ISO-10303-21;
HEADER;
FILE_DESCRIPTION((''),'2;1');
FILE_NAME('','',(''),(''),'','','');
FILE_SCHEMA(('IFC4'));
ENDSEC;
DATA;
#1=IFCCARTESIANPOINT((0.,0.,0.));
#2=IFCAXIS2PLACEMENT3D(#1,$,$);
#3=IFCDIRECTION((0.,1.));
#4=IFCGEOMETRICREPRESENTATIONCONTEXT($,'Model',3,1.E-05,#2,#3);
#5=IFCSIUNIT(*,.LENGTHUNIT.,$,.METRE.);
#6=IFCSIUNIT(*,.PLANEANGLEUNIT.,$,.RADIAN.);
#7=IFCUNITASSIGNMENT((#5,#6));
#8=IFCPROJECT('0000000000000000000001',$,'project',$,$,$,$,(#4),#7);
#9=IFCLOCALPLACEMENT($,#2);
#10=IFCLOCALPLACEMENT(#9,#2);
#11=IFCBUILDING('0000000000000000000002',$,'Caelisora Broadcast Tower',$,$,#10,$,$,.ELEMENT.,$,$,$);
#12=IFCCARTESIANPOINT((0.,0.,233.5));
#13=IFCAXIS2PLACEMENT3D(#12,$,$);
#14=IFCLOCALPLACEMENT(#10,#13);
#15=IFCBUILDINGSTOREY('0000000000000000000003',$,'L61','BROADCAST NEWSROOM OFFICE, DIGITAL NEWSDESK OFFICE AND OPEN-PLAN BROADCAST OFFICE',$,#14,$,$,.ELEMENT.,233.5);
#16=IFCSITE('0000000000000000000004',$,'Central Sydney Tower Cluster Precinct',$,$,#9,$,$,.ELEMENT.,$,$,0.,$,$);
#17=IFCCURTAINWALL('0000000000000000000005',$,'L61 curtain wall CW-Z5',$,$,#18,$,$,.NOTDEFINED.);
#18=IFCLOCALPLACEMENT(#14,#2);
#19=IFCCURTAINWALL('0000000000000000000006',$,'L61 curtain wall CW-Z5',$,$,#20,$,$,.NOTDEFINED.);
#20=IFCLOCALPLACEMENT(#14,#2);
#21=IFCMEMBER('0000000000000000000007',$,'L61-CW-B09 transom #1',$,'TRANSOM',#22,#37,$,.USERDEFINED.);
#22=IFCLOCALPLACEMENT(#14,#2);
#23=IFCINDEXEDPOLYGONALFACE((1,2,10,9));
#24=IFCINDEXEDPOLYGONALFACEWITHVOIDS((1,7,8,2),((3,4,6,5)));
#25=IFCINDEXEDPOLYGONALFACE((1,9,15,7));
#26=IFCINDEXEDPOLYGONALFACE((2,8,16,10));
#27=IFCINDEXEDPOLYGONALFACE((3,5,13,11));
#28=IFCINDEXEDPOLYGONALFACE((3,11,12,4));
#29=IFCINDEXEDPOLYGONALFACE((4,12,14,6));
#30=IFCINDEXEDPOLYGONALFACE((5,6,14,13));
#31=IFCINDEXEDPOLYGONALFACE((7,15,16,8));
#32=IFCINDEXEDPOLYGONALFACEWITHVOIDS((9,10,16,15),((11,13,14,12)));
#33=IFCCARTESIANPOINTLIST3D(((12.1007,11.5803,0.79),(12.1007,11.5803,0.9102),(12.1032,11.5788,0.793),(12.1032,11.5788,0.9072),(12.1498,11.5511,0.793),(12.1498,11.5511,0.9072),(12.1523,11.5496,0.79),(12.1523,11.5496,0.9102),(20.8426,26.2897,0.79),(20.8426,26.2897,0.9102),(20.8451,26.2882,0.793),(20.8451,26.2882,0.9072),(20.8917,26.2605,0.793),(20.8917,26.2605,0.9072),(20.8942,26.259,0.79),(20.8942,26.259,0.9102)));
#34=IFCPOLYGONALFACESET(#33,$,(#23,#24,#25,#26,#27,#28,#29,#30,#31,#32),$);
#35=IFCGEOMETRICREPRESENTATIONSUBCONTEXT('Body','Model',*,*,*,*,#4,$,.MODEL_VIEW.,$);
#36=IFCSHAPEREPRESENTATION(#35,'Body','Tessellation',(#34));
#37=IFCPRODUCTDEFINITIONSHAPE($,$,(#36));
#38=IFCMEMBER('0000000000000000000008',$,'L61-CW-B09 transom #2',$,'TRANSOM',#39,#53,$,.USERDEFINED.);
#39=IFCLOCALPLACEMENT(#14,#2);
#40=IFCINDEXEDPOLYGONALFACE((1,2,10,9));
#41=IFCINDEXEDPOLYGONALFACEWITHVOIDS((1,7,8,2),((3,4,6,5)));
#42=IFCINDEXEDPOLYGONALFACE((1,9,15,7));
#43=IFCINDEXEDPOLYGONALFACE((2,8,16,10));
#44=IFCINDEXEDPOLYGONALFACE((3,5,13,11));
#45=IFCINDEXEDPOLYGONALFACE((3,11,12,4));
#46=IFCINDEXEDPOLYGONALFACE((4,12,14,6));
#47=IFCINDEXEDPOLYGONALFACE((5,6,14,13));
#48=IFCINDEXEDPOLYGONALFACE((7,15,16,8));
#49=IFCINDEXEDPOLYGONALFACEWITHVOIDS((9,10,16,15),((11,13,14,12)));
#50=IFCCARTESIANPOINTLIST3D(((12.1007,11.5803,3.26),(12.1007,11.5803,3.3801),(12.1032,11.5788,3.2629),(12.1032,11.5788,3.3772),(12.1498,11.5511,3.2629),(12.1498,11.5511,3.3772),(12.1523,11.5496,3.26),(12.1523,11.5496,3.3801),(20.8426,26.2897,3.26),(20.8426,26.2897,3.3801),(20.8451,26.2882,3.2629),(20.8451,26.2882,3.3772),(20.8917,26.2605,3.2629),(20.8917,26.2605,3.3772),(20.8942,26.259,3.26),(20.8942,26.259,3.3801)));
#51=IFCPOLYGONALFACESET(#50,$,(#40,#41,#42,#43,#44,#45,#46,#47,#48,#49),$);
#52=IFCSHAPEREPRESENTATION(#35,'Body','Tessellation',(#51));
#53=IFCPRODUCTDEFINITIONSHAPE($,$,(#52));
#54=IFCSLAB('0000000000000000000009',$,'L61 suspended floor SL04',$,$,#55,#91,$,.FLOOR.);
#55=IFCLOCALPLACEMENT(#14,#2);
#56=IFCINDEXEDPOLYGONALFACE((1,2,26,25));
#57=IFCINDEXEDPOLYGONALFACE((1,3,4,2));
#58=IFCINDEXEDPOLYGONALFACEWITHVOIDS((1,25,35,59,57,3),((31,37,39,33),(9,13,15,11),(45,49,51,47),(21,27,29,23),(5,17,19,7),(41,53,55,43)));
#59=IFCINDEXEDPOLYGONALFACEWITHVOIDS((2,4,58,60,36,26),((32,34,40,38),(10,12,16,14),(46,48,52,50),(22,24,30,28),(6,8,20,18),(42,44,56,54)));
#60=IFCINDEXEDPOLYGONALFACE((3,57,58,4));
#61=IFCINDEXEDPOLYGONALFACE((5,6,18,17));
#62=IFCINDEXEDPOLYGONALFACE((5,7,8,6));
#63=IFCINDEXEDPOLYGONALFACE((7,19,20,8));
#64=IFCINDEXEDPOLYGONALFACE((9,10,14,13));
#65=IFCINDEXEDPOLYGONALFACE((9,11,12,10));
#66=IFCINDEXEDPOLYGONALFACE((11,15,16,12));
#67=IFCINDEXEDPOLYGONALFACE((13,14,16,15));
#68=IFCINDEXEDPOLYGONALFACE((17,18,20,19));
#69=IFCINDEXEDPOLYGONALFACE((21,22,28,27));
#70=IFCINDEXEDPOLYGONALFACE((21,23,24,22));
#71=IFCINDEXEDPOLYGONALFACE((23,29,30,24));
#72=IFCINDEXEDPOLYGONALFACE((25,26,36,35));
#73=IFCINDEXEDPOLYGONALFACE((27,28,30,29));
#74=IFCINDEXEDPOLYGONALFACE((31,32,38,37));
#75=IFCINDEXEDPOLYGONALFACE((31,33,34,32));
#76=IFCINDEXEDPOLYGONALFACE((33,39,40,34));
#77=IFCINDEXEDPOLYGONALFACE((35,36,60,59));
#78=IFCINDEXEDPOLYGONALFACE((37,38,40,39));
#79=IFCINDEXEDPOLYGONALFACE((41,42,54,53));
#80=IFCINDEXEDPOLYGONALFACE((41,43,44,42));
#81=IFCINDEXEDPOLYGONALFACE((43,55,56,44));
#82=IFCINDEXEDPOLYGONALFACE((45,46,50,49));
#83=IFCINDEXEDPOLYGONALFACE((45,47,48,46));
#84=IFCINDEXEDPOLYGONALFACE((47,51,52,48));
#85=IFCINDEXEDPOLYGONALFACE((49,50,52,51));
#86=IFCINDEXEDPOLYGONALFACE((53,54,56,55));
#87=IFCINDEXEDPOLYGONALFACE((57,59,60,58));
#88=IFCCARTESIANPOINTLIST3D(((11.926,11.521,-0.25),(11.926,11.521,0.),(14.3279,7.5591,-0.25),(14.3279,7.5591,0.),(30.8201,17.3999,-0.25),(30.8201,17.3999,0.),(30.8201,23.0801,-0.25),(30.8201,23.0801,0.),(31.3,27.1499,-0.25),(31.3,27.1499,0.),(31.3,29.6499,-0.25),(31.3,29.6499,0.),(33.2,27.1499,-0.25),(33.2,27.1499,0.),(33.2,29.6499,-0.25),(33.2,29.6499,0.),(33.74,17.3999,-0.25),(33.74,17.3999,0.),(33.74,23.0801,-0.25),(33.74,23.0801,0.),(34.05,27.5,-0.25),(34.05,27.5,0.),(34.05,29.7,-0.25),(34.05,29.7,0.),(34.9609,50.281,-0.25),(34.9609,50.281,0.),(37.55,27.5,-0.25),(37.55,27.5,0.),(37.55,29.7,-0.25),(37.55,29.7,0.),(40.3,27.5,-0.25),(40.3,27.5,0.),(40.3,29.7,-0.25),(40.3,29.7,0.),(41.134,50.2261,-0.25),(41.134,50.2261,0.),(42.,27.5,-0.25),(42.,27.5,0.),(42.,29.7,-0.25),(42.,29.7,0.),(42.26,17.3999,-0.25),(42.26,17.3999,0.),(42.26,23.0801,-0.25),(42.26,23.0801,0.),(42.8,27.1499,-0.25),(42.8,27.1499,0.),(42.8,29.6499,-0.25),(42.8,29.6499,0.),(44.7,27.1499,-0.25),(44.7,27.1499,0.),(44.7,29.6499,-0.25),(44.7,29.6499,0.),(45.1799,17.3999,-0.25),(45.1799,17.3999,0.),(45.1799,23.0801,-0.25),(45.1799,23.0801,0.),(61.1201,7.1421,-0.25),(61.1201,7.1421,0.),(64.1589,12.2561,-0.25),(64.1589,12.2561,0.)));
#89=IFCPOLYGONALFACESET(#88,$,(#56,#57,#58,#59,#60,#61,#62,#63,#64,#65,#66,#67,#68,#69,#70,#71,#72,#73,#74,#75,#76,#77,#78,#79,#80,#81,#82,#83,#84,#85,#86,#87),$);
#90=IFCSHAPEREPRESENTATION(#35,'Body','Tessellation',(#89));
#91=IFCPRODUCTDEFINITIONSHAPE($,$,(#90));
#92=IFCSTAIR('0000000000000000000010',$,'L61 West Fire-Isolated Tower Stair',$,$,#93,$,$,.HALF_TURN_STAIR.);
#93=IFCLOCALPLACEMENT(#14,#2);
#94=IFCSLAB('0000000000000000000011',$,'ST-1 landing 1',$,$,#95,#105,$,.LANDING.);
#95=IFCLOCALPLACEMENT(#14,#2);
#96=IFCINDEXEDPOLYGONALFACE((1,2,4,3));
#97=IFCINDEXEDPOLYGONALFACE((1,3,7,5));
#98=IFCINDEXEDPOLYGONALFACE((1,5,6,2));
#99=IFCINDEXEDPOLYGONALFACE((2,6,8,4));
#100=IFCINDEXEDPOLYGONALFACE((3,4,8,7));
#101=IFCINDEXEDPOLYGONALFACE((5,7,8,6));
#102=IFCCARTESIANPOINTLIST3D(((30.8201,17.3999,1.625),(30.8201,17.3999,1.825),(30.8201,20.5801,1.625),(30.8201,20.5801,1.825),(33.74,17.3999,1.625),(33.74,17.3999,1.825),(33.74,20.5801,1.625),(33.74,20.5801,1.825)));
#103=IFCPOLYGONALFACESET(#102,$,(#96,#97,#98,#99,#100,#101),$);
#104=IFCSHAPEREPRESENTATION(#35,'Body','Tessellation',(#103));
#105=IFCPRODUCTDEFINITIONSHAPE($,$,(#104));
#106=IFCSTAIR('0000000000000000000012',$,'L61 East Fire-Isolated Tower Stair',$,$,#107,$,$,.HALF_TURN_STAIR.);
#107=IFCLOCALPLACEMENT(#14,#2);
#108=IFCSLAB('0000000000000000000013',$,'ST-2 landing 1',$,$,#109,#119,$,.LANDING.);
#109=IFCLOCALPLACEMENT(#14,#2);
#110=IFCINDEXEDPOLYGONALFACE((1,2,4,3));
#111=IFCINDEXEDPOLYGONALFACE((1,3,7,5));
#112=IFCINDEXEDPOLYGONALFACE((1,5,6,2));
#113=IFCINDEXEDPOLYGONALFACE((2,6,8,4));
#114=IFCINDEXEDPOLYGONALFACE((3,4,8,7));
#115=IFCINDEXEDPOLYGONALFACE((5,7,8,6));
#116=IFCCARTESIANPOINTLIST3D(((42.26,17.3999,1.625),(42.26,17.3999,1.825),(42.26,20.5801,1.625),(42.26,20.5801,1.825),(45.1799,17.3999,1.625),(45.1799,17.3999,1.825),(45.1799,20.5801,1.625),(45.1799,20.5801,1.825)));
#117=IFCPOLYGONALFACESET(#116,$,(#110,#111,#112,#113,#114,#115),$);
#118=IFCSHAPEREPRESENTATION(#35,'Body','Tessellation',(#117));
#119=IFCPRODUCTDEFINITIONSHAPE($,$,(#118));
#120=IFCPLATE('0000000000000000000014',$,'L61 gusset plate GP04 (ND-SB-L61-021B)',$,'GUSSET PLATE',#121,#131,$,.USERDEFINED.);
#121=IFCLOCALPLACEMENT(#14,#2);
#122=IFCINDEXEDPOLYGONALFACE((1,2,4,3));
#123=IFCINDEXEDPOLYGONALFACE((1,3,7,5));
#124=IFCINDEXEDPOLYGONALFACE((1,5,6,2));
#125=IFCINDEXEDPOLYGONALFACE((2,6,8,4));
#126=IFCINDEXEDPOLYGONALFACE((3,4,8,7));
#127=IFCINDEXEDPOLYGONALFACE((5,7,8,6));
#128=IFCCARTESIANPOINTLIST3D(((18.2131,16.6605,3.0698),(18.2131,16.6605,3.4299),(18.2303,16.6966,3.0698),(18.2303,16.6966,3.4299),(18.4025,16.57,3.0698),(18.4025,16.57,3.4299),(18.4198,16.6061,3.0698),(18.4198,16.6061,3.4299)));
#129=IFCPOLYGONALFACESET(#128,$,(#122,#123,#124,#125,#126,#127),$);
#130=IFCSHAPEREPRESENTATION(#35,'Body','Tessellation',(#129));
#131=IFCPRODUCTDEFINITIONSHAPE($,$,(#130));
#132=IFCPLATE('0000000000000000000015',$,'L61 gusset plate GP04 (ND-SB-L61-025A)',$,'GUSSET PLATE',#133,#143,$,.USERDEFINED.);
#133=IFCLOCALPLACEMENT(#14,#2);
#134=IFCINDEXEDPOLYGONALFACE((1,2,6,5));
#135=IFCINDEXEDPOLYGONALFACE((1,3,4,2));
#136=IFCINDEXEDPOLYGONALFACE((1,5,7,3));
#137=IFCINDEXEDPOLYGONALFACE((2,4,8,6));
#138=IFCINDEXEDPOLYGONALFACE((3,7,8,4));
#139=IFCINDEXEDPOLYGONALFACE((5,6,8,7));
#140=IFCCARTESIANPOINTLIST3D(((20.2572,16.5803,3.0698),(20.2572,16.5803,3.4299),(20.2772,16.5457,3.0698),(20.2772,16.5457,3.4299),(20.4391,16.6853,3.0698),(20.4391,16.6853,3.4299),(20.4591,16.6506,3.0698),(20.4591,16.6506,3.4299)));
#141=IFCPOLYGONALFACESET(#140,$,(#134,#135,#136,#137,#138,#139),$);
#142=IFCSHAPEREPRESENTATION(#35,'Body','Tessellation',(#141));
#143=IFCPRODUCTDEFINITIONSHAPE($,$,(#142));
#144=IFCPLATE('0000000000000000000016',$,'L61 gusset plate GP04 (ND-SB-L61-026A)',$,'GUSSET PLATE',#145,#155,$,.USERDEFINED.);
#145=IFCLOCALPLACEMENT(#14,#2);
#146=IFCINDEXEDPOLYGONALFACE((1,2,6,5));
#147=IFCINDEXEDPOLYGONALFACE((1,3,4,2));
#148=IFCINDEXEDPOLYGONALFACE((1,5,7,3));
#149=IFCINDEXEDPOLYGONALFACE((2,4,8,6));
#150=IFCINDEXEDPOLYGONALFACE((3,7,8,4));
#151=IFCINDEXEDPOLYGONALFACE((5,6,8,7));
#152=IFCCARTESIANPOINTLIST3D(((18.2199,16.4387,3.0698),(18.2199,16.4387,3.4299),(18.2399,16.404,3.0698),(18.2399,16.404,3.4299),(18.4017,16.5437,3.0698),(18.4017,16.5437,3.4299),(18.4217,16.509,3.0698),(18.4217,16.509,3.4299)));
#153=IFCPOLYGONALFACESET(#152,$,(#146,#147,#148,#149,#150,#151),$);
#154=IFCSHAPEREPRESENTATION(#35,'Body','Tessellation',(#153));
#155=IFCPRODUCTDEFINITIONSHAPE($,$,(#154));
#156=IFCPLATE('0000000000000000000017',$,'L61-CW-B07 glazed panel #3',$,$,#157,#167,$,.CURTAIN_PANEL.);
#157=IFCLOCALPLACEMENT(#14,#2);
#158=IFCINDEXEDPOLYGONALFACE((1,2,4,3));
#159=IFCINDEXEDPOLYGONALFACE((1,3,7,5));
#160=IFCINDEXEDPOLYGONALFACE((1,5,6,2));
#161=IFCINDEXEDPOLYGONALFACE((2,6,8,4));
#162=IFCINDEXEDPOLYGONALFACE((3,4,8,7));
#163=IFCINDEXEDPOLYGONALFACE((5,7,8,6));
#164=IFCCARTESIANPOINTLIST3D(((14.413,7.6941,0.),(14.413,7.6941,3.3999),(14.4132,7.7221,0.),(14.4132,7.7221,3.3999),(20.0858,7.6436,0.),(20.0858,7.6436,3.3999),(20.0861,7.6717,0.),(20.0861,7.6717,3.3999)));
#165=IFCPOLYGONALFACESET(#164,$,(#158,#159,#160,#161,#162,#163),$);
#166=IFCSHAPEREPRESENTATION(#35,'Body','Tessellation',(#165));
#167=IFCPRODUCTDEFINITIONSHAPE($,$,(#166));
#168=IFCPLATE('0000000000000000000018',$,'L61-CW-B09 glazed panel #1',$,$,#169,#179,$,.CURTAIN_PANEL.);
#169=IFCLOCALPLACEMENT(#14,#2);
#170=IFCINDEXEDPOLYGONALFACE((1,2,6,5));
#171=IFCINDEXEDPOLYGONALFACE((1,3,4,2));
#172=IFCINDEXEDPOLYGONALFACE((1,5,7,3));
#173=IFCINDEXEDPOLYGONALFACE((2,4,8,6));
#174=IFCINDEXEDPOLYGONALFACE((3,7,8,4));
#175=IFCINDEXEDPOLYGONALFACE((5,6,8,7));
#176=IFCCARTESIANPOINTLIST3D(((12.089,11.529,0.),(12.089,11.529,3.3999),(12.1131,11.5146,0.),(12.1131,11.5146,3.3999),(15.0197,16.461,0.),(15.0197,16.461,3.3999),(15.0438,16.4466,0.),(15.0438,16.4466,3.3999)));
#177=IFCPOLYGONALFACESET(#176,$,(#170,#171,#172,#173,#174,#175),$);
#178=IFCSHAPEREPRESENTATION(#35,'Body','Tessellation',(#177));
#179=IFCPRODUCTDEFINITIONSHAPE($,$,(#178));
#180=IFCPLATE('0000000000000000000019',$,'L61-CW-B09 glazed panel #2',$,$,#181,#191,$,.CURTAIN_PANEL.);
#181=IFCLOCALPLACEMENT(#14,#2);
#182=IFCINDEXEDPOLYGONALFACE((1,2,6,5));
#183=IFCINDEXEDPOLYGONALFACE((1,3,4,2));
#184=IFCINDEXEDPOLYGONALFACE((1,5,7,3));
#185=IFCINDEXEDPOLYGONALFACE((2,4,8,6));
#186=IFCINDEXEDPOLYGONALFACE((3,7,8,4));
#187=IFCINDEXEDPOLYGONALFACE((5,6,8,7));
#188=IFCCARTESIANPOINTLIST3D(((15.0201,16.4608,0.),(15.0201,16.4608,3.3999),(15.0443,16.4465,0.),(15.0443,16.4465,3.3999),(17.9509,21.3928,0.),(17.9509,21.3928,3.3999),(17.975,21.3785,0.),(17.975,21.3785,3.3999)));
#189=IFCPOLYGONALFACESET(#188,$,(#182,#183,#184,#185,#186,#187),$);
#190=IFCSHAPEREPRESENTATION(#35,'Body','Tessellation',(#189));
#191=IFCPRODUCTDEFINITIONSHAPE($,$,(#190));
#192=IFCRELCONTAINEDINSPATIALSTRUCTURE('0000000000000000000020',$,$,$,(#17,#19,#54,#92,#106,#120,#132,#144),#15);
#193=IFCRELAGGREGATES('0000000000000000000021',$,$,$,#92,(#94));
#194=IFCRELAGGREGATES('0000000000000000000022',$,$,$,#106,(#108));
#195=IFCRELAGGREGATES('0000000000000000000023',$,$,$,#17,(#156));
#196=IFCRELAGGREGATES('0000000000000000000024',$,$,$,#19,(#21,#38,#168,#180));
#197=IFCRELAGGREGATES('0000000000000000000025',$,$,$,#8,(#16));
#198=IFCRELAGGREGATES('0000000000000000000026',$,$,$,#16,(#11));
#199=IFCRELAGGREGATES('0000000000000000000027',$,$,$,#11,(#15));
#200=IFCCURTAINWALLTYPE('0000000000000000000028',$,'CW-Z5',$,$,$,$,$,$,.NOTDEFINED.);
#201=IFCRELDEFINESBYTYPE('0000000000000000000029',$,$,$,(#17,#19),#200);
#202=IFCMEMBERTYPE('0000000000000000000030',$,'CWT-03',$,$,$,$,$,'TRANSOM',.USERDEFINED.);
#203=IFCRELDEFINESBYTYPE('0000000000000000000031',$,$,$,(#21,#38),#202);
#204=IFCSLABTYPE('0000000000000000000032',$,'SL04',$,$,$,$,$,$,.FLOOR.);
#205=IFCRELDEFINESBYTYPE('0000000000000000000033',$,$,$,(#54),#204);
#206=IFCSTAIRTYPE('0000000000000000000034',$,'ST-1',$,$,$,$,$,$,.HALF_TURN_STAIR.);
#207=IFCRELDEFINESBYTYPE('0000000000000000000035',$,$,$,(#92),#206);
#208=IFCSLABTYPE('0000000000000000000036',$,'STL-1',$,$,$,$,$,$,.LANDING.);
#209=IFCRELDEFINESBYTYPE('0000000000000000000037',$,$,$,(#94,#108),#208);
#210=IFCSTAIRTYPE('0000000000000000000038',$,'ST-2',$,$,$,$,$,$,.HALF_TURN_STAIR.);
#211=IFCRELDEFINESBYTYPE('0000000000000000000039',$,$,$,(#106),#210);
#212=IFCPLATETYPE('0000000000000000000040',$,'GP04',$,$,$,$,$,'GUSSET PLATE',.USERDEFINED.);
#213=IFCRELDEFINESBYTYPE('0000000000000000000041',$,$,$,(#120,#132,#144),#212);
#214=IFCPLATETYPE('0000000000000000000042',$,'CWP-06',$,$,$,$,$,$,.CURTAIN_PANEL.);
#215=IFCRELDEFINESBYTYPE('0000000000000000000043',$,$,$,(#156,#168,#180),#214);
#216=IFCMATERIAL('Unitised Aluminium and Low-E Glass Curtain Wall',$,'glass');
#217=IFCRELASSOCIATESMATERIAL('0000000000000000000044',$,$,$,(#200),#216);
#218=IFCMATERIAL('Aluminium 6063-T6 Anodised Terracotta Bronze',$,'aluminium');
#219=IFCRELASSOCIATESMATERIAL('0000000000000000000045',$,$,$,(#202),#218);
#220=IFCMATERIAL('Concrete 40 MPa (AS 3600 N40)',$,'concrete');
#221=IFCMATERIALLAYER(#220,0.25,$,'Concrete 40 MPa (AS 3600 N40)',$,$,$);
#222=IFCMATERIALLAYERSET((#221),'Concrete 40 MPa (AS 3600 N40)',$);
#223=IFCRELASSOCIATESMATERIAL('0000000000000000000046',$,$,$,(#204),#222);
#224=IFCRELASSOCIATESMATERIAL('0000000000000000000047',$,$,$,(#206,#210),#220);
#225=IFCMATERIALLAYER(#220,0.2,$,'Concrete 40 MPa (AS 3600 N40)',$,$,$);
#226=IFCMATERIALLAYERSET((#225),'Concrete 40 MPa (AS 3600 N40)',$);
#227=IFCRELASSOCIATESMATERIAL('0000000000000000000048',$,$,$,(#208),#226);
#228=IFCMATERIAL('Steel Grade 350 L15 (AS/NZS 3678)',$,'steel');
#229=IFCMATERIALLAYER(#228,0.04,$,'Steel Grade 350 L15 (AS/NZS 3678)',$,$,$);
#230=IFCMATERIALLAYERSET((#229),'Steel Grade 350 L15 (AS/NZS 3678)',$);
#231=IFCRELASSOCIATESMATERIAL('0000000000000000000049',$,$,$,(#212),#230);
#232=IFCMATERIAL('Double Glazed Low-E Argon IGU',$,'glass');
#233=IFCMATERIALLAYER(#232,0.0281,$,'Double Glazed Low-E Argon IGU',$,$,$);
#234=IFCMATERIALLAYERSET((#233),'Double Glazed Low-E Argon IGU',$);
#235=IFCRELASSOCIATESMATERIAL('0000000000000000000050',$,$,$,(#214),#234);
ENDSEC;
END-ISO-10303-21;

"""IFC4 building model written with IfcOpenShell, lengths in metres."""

from ifc_helpers import new_model, si_unit, direction, frame, origin, origin_2d, place, context, subcontext, project, spatial, polyline, rectangle, hollow_rectangle, outline, extrude, source, transform, mapped, material, layer, layer_set, material_profile, profile_set, type_object, type_shapes, element, aggregate, save


model = new_model("IFC4")

# Units and contexts
model_context = context("Model", 3, precision=1e-05, world=origin(), true_north=direction((0.0, 1.0)))
body_context = subcontext(model_context, "Body", "Model", "MODEL_VIEW")
ifc_project = project(units=[si_unit("LENGTHUNIT", "METRE"), si_unit("PLANEANGLEUNIT", "RADIAN")], contexts=[model_context])

# Site, building, storey
site_placement = place(None, origin())
site = spatial("IfcSite", under=ifc_project, at=site_placement, Name="Central Sydney Tower Cluster Precinct", CompositionType="ELEMENT", RefElevation=0.0)
building_placement = place(site_placement, origin())
building = spatial("IfcBuilding", under=site, at=building_placement, Name="Caelisora Broadcast Tower", CompositionType="ELEMENT")
storey_placement = place(building_placement, frame((0.0, 0.0, 233.5)))
storey = spatial("IfcBuildingStorey", under=building, at=storey_placement, Name="L61", Description="BROADCAST NEWSROOM OFFICE, DIGITAL NEWSDESK OFFICE AND OPEN-PLAN BROADCAST OFFICE", CompositionType="ELEMENT", Elevation=233.5)

# Shared definitions
ifc_material_1 = material(Name="Steel Grade 350 L15 (AS/NZS 3678)", Category="steel")

# Curtain walls, members
ifc_material_2 = material(Name="Unitised Aluminium and Low-E Glass Curtain Wall", Category="glass")
curtain_wall_type = type_object("IfcCurtainWallType", Name="CW-Z5", PredefinedType="NOTDEFINED", material=ifc_material_2)
curtain_wall_1_placement = place(storey_placement, origin())
curtain_wall_1 = element("IfcCurtainWall", 1, at=curtain_wall_1_placement, inside=storey, type_object=curtain_wall_type, Name="L61 curtain wall CW-Z5", PredefinedType="NOTDEFINED")
ifc_material_3 = material(Name="Aluminium 6063-T6 Anodised Terracotta Bronze", Category="aluminium")
curtain_wall_2_placement = place(storey_placement, origin())
curtain_wall_2 = element("IfcCurtainWall", 2, at=curtain_wall_2_placement, inside=storey, type_object=curtain_wall_type, Name="L61 curtain wall CW-Z5", PredefinedType="NOTDEFINED")
ifc_material_profile_1 = material_profile(ifc_material_3, hollow_rectangle(XDim=0.0601, YDim=0.1201, WallThickness=0.0029, at=origin_2d()), Name="Aluminium 6063-T6 Anodised Terracotta Bronze")
ifc_profile_set_1 = profile_set([ifc_material_profile_1], Name="Aluminium 6063-T6 Anodised Terracotta Bronze")
member_type_1 = type_object("IfcMemberType", Name="CWT-03", ElementType="TRANSOM", PredefinedType="USERDEFINED", material=ifc_profile_set_1)
shared_shape_1 = source(origin(), body_context, "Body", "SweptSolid", [
    extrude(hollow_rectangle(XDim=0.0601, YDim=0.1201, WallThickness=0.0029, at=origin_2d()), origin(), (0.0, 0.0, 1.0), 17.1111),
])
type_shapes(member_type_1, [shared_shape_1])
member_1_placement = place(storey_placement, frame((12.1265, 11.5649, 0.8501), z_axis=(0.510893, 0.859644, 0.0), x_axis=(-0.859644, 0.510893, 0.0)))
member_1 = element("IfcMember", 3, at=member_1_placement, type_object=member_type_1, Name="L61-CW-B09 transom #1", ObjectType="TRANSOM", PredefinedType="USERDEFINED", context=body_context, shape_type="MappedRepresentation", body=[
    mapped(shared_shape_1, transform((0.0, 0.0, 0.0), scale=1.0)),
])
member_2_placement = place(storey_placement, frame((12.1265, 11.5649, 3.3201), z_axis=(0.510893, 0.859644, 0.0), x_axis=(-0.859644, 0.510893, 0.0)))
member_2 = element("IfcMember", 4, at=member_2_placement, type_object=member_type_1, Name="L61-CW-B09 transom #2", ObjectType="TRANSOM", PredefinedType="USERDEFINED", context=body_context, shape_type="MappedRepresentation", body=[
    mapped(shared_shape_1, transform((0.0, 0.0, 0.0), scale=1.0)),
])

# Slab
ifc_material_4 = material(Name="Concrete 40 MPa (AS 3600 N40)", Category="concrete")
ifc_layer_1 = layer(ifc_material_4, 0.25, Name="Concrete 40 MPa (AS 3600 N40)")
ifc_layer_set_1 = layer_set([ifc_layer_1], Name="Concrete 40 MPa (AS 3600 N40)")
slab_type_1 = type_object("IfcSlabType", Name="SL04", PredefinedType="FLOOR", material=ifc_layer_set_1)
slab_1_placement = place(storey_placement, frame((0.0, 0.0, -0.25)))
element("IfcSlab", 5, at=slab_1_placement, inside=storey, type_object=slab_type_1, Name="L61 suspended floor SL04", PredefinedType="FLOOR", context=body_context, shape_type="SweptSolid", body=[
    extrude(outline(polyline([(41.134, 50.2261), (34.9609, 50.281), (11.926, 11.521), (14.3279, 7.5591), (61.1201, 7.1421), (64.1589, 12.2561), (41.134, 50.2261)]), holes=[polyline([(30.8201, 17.3999), (33.74, 17.3999), (33.74, 23.0801), (30.8201, 23.0801), (30.8201, 17.3999)]), polyline([(42.26, 17.3999), (45.1799, 17.3999), (45.1799, 23.0801), (42.26, 23.0801), (42.26, 17.3999)]), polyline([(42.8, 27.1499), (44.7, 27.1499), (44.7, 29.6499), (42.8, 29.6499), (42.8, 27.1499)]), polyline([(40.3, 27.5), (42.0, 27.5), (42.0, 29.7), (40.3, 29.7), (40.3, 27.5)]), polyline([(34.05, 27.5), (37.55, 27.5), (37.55, 29.7), (34.05, 29.7), (34.05, 27.5)]), polyline([(31.3, 27.1499), (33.2, 27.1499), (33.2, 29.6499), (31.3, 29.6499), (31.3, 27.1499)])]), origin(), (0.0, 0.0, 1.0), 0.25),
])

# Stairs, slabs
stair_type_1 = type_object("IfcStairType", Name="ST-1", PredefinedType="HALF_TURN_STAIR", material=ifc_material_4)
stair_1_placement = place(storey_placement, origin())
stair_1 = element("IfcStair", 6, at=stair_1_placement, inside=storey, type_object=stair_type_1, Name="L61 West Fire-Isolated Tower Stair", PredefinedType="HALF_TURN_STAIR")
ifc_layer_2 = layer(ifc_material_4, 0.2, Name="Concrete 40 MPa (AS 3600 N40)")
ifc_layer_set_2 = layer_set([ifc_layer_2], Name="Concrete 40 MPa (AS 3600 N40)")
slab_type_2 = type_object("IfcSlabType", Name="STL-1", PredefinedType="LANDING", material=ifc_layer_set_2)
slab_2_placement = place(storey_placement, frame((0.0, 0.0, 1.625)))
slab_2 = element("IfcSlab", 7, at=slab_2_placement, type_object=slab_type_2, Name="ST-1 landing 1", PredefinedType="LANDING", context=body_context, shape_type="SweptSolid", body=[
    extrude(outline(polyline([(30.8201, 20.5801), (30.8201, 17.3999), (33.74, 17.3999), (33.74, 20.5801), (30.8201, 20.5801)])), origin(), (0.0, 0.0, 1.0), 0.2),
])
aggregate(stair_1, [slab_2])
stair_type_2 = type_object("IfcStairType", Name="ST-2", PredefinedType="HALF_TURN_STAIR", material=ifc_material_4)
stair_2_placement = place(storey_placement, origin())
stair_2 = element("IfcStair", 8, at=stair_2_placement, inside=storey, type_object=stair_type_2, Name="L61 East Fire-Isolated Tower Stair", PredefinedType="HALF_TURN_STAIR")
slab_3_placement = place(storey_placement, frame((0.0, 0.0, 1.625)))
slab_3 = element("IfcSlab", 9, at=slab_3_placement, type_object=slab_type_2, Name="ST-2 landing 1", PredefinedType="LANDING", context=body_context, shape_type="SweptSolid", body=[
    extrude(outline(polyline([(42.26, 20.5801), (42.26, 17.3999), (45.1799, 17.3999), (45.1799, 20.5801), (42.26, 20.5801)])), origin(), (0.0, 0.0, 1.0), 0.2),
])
aggregate(stair_2, [slab_3])

# Plates
ifc_layer_3 = layer(ifc_material_1, 0.04, Name="Steel Grade 350 L15 (AS/NZS 3678)")
ifc_layer_set_3 = layer_set([ifc_layer_3], Name="Steel Grade 350 L15 (AS/NZS 3678)")
plate_type_1 = type_object("IfcPlateType", Name="GP04", ElementType="GUSSET PLATE", PredefinedType="USERDEFINED", material=ifc_layer_set_3)
shared_shape_2 = source(origin(), body_context, "Body", "SweptSolid", [
    extrude(rectangle(XDim=0.21, YDim=0.04, at=origin_2d()), origin(), (0.0, 0.0, 1.0), 0.3601),
])
type_shapes(plate_type_1, [shared_shape_2])
for number, where, z_axis, x_axis, name in (
    (10, (18.3164, 16.6333, 3.0698), (0.0, 0.0, 1.0), (0.902285, -0.431141, 0.0), "L61 gusset plate GP04 (ND-SB-L61-021B)"),
    (11, (20.3582, 16.6155, 3.0698), (0.0, 0.0, 1.0), (0.866025, 0.5, 0.0), "L61 gusset plate GP04 (ND-SB-L61-025A)"),
    (12, (18.3208, 16.4739, 3.0698), (0.0, 0.0, 1.0), (0.866025, 0.5, 0.0), "L61 gusset plate GP04 (ND-SB-L61-026A)"),
):
    element("IfcPlate", number, at=place(storey_placement, frame(where, z_axis=z_axis, x_axis=x_axis)), inside=storey, type_object=plate_type_1, Name=name, ObjectType="GUSSET PLATE", PredefinedType="USERDEFINED", context=body_context, shape_type="MappedRepresentation", body=[
        mapped(shared_shape_2, transform((0.0, 0.0, 0.0), scale=1.0)),
    ])

# Plates
ifc_material_5 = material(Name="Double Glazed Low-E Argon IGU", Category="glass")
ifc_layer_4 = layer(ifc_material_5, 0.0281, Name="Double Glazed Low-E Argon IGU")
ifc_layer_set_4 = layer_set([ifc_layer_4], Name="Double Glazed Low-E Argon IGU")
plate_type_2 = type_object("IfcPlateType", Name="CWP-06", PredefinedType="CURTAIN_PANEL", material=ifc_layer_set_4)
shared_shape_3 = source(origin(), body_context, "Body", "SweptSolid", [
    extrude(rectangle(XDim=5.6731, YDim=0.0281, at=origin_2d()), origin(), (0.0, 0.0, 1.0), 3.3999),
])
plate_1_placement = place(storey_placement, frame((17.2495, 7.6829, 0.0), z_axis=(0.0, 0.0, 1.0), x_axis=(-0.99996, 0.008901, 0.0)))
plate_1 = element("IfcPlate", 13, at=plate_1_placement, type_object=plate_type_2, Name="L61-CW-B07 glazed panel #3", PredefinedType="CURTAIN_PANEL", context=body_context, shape_type="MappedRepresentation", body=[
    mapped(shared_shape_3, transform((0.0, 0.0, 0.0), scale=1.0)),
])
aggregate(curtain_wall_1, [plate_1])
shared_shape_4 = source(origin(), body_context, "Body", "SweptSolid", [
    extrude(rectangle(XDim=5.7371, YDim=0.0281, at=origin_2d()), origin(), (0.0, 0.0, 1.0), 3.3999),
])
type_shapes(plate_type_2, [shared_shape_3, shared_shape_4])
plate_2_placement = place(storey_placement, frame((13.5664, 13.9878, 0.0), z_axis=(0.0, 0.0, 1.0), x_axis=(0.510843, 0.859674, 0.0)))
plate_2 = element("IfcPlate", 14, at=plate_2_placement, type_object=plate_type_2, Name="L61-CW-B09 glazed panel #1", PredefinedType="CURTAIN_PANEL", context=body_context, shape_type="MappedRepresentation", body=[
    mapped(shared_shape_4, transform((0.0, 0.0, 0.0), scale=1.0)),
])
plate_3_placement = place(storey_placement, frame((16.4976, 18.9197, 0.0), z_axis=(0.0, 0.0, 1.0), x_axis=(0.510843, 0.859674, 0.0)))
plate_3 = element("IfcPlate", 15, at=plate_3_placement, type_object=plate_type_2, Name="L61-CW-B09 glazed panel #2", PredefinedType="CURTAIN_PANEL", context=body_context, shape_type="MappedRepresentation", body=[
    mapped(shared_shape_4, transform((0.0, 0.0, 0.0), scale=1.0)),
])
aggregate(curtain_wall_2, [member_1, member_2, plate_2, plate_3])

save(model, "model.ifc")
